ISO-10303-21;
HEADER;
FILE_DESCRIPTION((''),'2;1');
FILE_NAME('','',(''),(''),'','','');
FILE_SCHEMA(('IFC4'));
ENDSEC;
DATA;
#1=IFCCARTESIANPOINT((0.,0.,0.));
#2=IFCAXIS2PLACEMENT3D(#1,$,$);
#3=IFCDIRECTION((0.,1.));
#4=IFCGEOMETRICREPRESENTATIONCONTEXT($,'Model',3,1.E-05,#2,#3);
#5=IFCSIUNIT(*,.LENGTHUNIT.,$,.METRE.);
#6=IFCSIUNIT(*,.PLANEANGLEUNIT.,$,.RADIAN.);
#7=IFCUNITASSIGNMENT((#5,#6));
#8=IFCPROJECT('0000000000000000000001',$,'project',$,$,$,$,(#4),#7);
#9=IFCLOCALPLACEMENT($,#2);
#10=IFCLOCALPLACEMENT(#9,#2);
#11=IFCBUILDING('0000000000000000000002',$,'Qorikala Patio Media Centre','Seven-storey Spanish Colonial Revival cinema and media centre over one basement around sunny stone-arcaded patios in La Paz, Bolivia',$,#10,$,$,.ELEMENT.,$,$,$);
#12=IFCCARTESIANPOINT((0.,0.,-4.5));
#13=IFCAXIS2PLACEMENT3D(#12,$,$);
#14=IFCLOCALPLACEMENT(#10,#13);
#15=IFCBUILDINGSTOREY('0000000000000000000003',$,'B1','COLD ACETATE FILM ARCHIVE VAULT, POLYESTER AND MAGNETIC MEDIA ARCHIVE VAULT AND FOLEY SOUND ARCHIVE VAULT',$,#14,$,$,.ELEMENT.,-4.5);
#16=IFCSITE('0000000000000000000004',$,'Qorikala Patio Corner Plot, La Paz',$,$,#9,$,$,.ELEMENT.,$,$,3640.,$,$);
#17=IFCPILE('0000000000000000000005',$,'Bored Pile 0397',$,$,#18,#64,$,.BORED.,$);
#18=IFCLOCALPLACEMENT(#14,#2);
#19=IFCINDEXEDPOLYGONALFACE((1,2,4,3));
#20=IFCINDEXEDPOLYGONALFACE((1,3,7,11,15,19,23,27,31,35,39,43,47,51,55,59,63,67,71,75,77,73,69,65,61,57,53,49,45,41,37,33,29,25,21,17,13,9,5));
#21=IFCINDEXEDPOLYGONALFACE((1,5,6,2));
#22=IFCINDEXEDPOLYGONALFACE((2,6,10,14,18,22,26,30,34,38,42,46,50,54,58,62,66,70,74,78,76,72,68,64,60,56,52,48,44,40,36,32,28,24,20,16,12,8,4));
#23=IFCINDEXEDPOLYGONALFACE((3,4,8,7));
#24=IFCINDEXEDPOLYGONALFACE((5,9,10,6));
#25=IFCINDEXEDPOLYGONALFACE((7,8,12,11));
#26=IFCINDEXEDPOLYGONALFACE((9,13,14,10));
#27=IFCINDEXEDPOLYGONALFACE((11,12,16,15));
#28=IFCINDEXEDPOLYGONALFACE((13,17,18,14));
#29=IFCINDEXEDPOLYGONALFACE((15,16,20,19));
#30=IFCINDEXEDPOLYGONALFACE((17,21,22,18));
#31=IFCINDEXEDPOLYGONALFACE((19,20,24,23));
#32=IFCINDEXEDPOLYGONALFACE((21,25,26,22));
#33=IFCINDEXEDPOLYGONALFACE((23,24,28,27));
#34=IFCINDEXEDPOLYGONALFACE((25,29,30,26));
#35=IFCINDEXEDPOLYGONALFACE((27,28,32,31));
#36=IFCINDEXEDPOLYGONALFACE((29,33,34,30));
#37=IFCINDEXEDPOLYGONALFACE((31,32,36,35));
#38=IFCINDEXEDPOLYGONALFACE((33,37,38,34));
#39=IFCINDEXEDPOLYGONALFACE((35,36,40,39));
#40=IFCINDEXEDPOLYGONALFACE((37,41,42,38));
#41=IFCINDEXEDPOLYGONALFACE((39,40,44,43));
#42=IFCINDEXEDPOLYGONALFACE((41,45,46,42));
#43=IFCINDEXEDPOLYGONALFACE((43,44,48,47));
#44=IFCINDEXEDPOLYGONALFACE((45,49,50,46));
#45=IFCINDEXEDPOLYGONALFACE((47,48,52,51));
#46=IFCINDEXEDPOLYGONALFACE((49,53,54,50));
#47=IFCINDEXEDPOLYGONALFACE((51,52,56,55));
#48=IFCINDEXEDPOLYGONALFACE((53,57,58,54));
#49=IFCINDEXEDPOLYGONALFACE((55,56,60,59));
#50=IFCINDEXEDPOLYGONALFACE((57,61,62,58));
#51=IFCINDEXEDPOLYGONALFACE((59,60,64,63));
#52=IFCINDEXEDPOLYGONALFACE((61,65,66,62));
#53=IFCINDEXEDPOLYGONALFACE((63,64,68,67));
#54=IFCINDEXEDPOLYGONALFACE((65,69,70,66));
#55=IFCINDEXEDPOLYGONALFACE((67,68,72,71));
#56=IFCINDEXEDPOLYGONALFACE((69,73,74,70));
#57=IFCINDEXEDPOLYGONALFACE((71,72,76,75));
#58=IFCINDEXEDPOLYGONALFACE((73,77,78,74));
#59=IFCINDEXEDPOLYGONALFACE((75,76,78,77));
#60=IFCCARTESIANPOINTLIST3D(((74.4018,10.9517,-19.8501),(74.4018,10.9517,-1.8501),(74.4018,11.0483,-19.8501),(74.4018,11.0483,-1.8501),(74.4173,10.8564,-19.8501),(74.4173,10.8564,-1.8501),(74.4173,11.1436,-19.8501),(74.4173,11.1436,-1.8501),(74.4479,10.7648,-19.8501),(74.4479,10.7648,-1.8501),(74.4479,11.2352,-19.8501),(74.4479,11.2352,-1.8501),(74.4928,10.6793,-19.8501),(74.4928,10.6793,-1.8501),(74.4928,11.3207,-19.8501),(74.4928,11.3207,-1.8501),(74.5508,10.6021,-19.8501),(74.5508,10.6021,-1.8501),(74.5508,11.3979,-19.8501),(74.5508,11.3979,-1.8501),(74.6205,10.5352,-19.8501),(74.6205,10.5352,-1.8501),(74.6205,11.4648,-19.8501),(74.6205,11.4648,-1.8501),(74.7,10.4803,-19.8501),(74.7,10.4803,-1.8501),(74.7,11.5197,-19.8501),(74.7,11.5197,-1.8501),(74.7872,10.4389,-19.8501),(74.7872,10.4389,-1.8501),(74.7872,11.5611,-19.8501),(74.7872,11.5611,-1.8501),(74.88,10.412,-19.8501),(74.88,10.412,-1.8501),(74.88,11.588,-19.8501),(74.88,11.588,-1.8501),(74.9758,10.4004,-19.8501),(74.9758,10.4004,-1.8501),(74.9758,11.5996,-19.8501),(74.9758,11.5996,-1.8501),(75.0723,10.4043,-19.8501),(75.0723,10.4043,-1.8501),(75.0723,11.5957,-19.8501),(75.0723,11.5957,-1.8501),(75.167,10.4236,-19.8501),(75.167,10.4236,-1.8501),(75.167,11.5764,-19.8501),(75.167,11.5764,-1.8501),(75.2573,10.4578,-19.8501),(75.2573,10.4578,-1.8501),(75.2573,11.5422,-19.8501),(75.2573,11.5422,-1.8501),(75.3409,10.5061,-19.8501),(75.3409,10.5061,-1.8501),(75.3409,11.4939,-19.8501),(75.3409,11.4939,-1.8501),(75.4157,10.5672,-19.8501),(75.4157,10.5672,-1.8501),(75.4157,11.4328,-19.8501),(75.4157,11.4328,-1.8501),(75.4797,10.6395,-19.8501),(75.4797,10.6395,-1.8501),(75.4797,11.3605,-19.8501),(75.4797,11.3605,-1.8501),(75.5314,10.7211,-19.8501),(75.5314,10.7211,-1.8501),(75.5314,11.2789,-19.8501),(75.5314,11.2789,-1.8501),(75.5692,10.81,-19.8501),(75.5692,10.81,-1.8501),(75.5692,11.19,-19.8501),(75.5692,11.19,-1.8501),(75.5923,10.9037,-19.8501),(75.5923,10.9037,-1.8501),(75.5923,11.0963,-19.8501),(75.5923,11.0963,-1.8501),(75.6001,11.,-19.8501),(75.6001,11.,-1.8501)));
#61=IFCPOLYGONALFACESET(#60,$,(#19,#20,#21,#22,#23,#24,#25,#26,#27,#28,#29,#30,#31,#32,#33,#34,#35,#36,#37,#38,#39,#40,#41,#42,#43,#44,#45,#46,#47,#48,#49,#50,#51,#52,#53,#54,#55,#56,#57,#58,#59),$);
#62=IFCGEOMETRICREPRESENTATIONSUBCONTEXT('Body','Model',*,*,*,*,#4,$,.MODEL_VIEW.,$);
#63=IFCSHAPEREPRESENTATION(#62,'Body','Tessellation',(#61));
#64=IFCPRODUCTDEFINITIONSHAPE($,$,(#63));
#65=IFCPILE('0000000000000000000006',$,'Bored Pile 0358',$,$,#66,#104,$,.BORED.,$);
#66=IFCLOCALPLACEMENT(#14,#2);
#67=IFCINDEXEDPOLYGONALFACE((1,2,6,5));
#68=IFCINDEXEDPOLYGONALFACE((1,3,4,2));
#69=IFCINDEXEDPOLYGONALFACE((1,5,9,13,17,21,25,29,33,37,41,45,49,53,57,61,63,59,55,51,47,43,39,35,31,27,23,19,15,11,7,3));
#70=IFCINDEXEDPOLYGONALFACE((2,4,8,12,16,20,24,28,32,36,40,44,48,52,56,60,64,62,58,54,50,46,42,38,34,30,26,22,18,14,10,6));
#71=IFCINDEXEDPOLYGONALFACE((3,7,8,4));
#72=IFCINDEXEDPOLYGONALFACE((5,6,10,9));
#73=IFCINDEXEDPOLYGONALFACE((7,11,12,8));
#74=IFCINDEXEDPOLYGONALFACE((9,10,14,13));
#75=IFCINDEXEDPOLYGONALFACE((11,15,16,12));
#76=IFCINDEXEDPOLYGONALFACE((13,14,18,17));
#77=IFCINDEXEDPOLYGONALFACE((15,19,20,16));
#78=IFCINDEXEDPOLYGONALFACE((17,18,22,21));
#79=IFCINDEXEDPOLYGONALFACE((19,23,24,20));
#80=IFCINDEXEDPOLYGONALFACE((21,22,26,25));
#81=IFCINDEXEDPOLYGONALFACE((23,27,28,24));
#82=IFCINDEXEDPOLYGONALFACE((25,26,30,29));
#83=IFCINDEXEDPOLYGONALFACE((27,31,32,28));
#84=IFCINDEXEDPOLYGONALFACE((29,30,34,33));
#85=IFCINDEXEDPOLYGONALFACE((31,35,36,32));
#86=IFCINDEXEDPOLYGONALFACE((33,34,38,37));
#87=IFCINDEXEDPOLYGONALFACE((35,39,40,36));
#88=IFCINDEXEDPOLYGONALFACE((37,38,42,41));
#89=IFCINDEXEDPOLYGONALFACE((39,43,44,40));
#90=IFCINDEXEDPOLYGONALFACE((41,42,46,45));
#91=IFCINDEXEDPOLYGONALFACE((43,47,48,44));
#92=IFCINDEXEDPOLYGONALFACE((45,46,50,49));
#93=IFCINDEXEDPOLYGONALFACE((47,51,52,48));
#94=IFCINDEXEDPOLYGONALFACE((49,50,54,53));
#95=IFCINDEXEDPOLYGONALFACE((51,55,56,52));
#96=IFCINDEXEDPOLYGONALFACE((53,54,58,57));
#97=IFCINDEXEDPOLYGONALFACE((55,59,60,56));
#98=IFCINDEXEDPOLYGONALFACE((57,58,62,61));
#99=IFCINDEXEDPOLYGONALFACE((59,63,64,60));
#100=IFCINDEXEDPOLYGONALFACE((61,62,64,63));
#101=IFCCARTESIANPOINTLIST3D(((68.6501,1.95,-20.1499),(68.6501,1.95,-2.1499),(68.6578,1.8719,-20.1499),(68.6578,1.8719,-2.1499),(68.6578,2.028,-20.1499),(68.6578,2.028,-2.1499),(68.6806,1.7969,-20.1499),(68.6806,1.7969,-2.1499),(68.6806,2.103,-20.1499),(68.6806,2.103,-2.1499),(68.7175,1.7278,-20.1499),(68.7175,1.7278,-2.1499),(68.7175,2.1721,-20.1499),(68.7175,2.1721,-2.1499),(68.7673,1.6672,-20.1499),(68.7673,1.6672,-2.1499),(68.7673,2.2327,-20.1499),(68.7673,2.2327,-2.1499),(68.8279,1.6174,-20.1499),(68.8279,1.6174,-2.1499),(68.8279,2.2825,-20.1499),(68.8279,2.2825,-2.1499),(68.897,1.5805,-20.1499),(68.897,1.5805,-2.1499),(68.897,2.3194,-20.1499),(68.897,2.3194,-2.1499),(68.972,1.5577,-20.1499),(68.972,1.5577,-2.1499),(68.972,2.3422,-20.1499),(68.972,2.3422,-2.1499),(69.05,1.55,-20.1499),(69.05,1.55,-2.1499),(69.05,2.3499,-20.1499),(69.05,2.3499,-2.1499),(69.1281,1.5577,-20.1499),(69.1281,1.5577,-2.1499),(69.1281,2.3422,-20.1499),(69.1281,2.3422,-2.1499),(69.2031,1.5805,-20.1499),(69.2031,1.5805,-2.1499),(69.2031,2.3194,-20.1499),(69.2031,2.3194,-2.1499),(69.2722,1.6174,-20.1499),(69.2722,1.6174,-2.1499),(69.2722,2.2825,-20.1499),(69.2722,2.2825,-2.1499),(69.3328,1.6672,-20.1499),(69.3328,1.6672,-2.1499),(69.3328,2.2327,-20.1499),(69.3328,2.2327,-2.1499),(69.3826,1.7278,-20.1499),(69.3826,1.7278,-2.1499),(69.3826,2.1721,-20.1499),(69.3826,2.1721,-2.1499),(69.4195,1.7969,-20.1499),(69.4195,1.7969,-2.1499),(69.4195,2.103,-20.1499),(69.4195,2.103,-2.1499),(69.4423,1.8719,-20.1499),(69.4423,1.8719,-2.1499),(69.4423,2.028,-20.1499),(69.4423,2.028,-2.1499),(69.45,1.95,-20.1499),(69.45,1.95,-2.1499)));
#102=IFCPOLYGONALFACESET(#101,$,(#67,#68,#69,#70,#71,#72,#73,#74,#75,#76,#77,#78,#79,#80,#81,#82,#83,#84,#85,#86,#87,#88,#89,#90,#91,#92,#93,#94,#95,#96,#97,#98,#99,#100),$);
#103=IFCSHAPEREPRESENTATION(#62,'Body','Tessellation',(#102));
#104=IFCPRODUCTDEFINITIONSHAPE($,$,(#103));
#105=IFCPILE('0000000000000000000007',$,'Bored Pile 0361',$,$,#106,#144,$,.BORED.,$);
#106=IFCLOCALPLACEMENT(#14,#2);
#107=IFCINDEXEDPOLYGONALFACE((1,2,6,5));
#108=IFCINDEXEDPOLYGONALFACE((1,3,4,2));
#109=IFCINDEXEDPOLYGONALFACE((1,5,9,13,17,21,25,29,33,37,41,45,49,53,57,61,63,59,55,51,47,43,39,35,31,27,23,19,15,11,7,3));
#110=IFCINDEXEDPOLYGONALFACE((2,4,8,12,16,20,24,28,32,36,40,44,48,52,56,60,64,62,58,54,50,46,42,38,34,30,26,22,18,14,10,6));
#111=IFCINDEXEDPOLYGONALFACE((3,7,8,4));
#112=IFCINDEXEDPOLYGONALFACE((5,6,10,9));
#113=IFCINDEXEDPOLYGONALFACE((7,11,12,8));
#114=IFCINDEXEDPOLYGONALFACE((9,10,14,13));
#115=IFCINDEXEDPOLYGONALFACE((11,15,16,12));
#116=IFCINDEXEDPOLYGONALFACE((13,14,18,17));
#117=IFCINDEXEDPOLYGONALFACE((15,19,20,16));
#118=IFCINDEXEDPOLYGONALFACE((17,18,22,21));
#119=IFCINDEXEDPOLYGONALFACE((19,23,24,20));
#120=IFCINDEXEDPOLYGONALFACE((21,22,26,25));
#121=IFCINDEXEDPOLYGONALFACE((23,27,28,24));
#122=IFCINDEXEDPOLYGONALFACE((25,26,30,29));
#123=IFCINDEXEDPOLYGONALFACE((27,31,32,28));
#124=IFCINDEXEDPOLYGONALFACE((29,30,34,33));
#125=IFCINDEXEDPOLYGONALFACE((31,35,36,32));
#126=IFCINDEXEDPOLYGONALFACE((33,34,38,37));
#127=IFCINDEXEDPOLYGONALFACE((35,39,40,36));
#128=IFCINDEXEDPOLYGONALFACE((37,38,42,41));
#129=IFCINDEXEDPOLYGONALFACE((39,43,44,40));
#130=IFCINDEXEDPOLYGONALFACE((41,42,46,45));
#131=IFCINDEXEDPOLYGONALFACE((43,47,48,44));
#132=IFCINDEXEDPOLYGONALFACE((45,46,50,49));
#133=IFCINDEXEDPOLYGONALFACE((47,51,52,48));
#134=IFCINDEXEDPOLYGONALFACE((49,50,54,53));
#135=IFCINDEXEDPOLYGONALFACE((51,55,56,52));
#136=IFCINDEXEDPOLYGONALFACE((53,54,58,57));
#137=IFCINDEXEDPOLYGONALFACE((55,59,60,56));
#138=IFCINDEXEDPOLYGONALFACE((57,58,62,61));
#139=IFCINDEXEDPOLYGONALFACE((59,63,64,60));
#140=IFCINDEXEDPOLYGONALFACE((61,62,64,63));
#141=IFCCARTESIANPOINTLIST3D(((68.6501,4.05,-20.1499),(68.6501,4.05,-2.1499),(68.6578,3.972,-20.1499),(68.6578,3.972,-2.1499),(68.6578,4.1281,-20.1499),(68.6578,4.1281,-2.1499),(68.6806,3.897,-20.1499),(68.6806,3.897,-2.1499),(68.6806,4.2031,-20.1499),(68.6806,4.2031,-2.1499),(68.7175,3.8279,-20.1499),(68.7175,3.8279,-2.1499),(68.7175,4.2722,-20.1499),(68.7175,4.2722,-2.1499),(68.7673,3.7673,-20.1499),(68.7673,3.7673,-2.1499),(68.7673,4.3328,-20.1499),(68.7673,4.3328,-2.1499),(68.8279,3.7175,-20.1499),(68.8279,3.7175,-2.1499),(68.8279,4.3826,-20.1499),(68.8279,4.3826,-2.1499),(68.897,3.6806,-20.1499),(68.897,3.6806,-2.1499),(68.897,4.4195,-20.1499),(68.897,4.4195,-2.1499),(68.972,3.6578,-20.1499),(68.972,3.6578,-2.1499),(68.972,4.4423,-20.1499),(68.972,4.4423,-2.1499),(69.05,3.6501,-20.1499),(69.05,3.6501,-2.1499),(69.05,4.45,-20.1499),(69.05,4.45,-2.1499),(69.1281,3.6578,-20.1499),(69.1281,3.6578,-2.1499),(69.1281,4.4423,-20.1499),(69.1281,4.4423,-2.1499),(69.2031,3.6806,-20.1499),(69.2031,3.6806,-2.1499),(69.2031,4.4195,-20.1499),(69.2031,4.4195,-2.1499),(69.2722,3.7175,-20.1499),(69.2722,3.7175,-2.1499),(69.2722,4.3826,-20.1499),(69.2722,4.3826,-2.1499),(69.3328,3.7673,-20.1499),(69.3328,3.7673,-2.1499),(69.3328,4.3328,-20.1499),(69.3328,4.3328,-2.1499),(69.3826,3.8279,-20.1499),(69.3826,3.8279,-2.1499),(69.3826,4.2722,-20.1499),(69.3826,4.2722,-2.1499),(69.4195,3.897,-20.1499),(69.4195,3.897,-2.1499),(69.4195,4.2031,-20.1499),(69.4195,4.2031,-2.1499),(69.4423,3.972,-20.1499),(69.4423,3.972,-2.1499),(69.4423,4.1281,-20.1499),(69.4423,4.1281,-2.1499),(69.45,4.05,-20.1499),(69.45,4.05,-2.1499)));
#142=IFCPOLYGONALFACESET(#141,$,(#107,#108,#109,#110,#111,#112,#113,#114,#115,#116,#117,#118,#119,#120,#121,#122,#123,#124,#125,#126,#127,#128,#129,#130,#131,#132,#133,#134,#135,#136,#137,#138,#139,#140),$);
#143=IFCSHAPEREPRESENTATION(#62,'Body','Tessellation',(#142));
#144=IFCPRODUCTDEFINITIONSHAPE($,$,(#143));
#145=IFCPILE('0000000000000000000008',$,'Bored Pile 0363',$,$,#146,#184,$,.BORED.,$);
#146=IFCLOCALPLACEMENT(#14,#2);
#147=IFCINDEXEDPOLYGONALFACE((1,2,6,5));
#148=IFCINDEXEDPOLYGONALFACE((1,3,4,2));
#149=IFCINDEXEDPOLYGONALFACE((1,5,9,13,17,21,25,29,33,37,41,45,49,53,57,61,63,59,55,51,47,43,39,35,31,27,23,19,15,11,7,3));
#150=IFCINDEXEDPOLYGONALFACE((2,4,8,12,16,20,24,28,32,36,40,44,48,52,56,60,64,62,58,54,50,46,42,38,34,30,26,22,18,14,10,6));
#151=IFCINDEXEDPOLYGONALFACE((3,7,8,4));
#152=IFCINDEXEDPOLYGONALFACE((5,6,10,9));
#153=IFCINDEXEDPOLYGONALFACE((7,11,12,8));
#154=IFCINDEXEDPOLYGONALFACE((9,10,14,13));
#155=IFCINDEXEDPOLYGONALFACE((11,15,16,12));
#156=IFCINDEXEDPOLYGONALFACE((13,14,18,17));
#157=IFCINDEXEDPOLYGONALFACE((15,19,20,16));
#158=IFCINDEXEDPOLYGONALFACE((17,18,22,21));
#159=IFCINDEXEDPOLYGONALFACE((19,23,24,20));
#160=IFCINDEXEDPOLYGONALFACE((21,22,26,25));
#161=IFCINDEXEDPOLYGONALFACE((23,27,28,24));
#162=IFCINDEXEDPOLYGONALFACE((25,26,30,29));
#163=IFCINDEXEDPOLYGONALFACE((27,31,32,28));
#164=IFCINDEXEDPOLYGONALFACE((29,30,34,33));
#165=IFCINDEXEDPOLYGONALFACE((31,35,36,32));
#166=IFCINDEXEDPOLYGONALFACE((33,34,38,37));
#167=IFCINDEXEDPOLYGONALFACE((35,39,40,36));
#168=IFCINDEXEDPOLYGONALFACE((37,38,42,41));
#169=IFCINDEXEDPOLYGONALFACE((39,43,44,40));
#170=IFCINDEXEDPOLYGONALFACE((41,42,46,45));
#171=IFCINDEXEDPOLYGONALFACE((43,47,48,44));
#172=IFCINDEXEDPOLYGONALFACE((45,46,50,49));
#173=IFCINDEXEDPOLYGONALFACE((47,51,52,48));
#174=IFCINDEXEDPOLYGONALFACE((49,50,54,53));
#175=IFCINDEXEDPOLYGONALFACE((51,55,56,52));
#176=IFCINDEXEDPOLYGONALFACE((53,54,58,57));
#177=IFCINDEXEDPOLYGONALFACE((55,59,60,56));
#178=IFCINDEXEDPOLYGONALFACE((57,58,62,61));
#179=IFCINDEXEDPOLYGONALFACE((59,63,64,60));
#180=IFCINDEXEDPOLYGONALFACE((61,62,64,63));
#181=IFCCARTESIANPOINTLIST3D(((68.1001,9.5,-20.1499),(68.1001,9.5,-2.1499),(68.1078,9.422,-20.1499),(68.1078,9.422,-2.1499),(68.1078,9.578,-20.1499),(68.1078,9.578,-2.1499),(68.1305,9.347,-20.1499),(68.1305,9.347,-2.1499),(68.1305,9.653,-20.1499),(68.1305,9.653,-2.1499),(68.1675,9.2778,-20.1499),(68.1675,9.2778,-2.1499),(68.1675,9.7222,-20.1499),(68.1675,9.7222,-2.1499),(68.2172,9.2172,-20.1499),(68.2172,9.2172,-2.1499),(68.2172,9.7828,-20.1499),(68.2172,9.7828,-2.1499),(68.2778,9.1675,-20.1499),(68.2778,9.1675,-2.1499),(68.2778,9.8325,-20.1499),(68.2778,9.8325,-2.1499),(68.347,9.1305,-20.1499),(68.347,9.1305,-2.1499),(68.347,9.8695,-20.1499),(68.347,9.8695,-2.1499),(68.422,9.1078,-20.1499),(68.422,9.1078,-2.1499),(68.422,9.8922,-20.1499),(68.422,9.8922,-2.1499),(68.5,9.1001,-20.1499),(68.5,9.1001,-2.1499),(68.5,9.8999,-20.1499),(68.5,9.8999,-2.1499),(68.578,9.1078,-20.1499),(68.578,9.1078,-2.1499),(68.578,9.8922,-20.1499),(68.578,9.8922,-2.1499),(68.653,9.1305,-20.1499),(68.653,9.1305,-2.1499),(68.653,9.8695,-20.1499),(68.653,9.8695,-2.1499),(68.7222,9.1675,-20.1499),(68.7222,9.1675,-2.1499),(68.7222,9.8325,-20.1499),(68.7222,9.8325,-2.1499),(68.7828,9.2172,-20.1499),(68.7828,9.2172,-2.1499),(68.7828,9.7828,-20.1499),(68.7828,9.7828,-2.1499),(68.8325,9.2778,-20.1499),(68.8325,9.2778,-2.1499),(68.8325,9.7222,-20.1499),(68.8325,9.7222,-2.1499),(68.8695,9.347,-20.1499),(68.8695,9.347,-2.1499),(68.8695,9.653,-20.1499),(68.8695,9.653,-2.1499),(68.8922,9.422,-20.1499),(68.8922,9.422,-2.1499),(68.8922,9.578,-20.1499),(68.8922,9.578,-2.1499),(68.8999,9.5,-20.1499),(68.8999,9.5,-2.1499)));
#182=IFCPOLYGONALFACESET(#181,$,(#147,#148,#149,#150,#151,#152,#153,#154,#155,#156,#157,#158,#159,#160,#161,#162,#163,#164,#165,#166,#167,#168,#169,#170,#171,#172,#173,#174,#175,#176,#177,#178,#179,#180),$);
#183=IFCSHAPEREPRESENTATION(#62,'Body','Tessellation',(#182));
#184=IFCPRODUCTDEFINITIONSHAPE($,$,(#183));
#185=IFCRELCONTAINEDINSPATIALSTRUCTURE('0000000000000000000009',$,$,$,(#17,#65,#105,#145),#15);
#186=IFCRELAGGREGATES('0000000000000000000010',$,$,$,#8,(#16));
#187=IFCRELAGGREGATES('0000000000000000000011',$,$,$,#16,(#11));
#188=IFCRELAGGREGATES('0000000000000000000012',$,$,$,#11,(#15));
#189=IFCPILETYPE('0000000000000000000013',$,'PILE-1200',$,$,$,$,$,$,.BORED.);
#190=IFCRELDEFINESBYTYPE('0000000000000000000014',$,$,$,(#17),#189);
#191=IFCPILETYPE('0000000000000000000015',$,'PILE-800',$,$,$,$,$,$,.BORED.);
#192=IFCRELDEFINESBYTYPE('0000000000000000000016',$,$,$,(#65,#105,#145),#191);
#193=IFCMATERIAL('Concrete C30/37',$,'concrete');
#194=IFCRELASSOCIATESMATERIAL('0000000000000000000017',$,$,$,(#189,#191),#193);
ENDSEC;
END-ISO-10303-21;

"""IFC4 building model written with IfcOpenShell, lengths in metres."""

from ifc_helpers import new_model, si_unit, direction, frame, origin, origin_2d, place, context, subcontext, project, spatial, circle, extrude, material, material_profile, profile_set, type_object, element, save


model = new_model("IFC4")

# Units and contexts
model_context = context("Model", 3, precision=1e-05, world=origin(), true_north=direction((0.0, 1.0)))
body_context = subcontext(model_context, "Body", "Model", "MODEL_VIEW")
ifc_project = project(units=[si_unit("LENGTHUNIT", "METRE"), si_unit("PLANEANGLEUNIT", "RADIAN")], contexts=[model_context])

# Site, building, storey
site_placement = place(None, origin())
site = spatial("IfcSite", under=ifc_project, at=site_placement, Name="Qorikala Patio Corner Plot, La Paz", CompositionType="ELEMENT", RefElevation=3640.0)
building_placement = place(site_placement, origin())
building = spatial("IfcBuilding", under=site, at=building_placement, Name="Qorikala Patio Media Centre", Description="Seven-storey Spanish Colonial Revival cinema and media centre over one basement around sunny stone-arcaded patios in La Paz, Bolivia", CompositionType="ELEMENT")
storey_placement = place(building_placement, frame((0.0, 0.0, -4.5)))
storey = spatial("IfcBuildingStorey", under=building, at=storey_placement, Name="B1", Description="COLD ACETATE FILM ARCHIVE VAULT, POLYESTER AND MAGNETIC MEDIA ARCHIVE VAULT AND FOLEY SOUND ARCHIVE VAULT", CompositionType="ELEMENT", Elevation=-4.5)

# Shared definitions
ifc_material_1 = material(Name="Concrete C30/37", Category="concrete")

# Piles
ifc_material_profile_1 = material_profile(ifc_material_1, circle(Radius=0.6001, at=origin_2d()), Name="BORED PILE 1200")
ifc_profile_set_1 = profile_set([ifc_material_profile_1], Name="Concrete C30/37")
pile_type_1 = type_object("IfcPileType", Name="PILE-1200", PredefinedType="BORED", material=ifc_profile_set_1)
pile_1_placement = place(storey_placement, frame((75.0, 11.0, -1.8501), z_axis=(0.0, 0.0, -1.0), x_axis=(1.0, 0.0, 0.0)))
element("IfcPile", 1, at=pile_1_placement, inside=storey, type_object=pile_type_1, Name="Bored Pile 0397", PredefinedType="BORED", context=body_context, shape_type="SweptSolid", body=[
    extrude(circle(Radius=0.6001, at=origin_2d()), origin(), (0.0, 0.0, 1.0), 18.0),
])
ifc_material_profile_2 = material_profile(ifc_material_1, circle(Radius=0.3999, at=origin_2d()), Name="BORED PILE 800")
ifc_profile_set_2 = profile_set([ifc_material_profile_2], Name="Concrete C30/37")
pile_type_2 = type_object("IfcPileType", Name="PILE-800", PredefinedType="BORED", material=ifc_profile_set_2)
for number, where, z_axis, x_axis, name in (
    (2, (69.05, 1.95, -2.1499), (0.0, 0.0, -1.0), (1.0, 0.0, 0.0), "Bored Pile 0358"),
    (3, (69.05, 4.05, -2.1499), (0.0, 0.0, -1.0), (1.0, 0.0, 0.0), "Bored Pile 0361"),
    (4, (68.5, 9.5, -2.1499), (0.0, 0.0, -1.0), (1.0, 0.0, 0.0), "Bored Pile 0363"),
):
    element("IfcPile", number, at=place(storey_placement, frame(where, z_axis=z_axis, x_axis=x_axis)), inside=storey, type_object=pile_type_2, Name=name, PredefinedType="BORED", context=body_context, shape_type="SweptSolid", body=[
        extrude(circle(Radius=0.3999, at=origin_2d()), origin(), (0.0, 0.0, 1.0), 18.0),
    ])

save(model, "model.ifc")
